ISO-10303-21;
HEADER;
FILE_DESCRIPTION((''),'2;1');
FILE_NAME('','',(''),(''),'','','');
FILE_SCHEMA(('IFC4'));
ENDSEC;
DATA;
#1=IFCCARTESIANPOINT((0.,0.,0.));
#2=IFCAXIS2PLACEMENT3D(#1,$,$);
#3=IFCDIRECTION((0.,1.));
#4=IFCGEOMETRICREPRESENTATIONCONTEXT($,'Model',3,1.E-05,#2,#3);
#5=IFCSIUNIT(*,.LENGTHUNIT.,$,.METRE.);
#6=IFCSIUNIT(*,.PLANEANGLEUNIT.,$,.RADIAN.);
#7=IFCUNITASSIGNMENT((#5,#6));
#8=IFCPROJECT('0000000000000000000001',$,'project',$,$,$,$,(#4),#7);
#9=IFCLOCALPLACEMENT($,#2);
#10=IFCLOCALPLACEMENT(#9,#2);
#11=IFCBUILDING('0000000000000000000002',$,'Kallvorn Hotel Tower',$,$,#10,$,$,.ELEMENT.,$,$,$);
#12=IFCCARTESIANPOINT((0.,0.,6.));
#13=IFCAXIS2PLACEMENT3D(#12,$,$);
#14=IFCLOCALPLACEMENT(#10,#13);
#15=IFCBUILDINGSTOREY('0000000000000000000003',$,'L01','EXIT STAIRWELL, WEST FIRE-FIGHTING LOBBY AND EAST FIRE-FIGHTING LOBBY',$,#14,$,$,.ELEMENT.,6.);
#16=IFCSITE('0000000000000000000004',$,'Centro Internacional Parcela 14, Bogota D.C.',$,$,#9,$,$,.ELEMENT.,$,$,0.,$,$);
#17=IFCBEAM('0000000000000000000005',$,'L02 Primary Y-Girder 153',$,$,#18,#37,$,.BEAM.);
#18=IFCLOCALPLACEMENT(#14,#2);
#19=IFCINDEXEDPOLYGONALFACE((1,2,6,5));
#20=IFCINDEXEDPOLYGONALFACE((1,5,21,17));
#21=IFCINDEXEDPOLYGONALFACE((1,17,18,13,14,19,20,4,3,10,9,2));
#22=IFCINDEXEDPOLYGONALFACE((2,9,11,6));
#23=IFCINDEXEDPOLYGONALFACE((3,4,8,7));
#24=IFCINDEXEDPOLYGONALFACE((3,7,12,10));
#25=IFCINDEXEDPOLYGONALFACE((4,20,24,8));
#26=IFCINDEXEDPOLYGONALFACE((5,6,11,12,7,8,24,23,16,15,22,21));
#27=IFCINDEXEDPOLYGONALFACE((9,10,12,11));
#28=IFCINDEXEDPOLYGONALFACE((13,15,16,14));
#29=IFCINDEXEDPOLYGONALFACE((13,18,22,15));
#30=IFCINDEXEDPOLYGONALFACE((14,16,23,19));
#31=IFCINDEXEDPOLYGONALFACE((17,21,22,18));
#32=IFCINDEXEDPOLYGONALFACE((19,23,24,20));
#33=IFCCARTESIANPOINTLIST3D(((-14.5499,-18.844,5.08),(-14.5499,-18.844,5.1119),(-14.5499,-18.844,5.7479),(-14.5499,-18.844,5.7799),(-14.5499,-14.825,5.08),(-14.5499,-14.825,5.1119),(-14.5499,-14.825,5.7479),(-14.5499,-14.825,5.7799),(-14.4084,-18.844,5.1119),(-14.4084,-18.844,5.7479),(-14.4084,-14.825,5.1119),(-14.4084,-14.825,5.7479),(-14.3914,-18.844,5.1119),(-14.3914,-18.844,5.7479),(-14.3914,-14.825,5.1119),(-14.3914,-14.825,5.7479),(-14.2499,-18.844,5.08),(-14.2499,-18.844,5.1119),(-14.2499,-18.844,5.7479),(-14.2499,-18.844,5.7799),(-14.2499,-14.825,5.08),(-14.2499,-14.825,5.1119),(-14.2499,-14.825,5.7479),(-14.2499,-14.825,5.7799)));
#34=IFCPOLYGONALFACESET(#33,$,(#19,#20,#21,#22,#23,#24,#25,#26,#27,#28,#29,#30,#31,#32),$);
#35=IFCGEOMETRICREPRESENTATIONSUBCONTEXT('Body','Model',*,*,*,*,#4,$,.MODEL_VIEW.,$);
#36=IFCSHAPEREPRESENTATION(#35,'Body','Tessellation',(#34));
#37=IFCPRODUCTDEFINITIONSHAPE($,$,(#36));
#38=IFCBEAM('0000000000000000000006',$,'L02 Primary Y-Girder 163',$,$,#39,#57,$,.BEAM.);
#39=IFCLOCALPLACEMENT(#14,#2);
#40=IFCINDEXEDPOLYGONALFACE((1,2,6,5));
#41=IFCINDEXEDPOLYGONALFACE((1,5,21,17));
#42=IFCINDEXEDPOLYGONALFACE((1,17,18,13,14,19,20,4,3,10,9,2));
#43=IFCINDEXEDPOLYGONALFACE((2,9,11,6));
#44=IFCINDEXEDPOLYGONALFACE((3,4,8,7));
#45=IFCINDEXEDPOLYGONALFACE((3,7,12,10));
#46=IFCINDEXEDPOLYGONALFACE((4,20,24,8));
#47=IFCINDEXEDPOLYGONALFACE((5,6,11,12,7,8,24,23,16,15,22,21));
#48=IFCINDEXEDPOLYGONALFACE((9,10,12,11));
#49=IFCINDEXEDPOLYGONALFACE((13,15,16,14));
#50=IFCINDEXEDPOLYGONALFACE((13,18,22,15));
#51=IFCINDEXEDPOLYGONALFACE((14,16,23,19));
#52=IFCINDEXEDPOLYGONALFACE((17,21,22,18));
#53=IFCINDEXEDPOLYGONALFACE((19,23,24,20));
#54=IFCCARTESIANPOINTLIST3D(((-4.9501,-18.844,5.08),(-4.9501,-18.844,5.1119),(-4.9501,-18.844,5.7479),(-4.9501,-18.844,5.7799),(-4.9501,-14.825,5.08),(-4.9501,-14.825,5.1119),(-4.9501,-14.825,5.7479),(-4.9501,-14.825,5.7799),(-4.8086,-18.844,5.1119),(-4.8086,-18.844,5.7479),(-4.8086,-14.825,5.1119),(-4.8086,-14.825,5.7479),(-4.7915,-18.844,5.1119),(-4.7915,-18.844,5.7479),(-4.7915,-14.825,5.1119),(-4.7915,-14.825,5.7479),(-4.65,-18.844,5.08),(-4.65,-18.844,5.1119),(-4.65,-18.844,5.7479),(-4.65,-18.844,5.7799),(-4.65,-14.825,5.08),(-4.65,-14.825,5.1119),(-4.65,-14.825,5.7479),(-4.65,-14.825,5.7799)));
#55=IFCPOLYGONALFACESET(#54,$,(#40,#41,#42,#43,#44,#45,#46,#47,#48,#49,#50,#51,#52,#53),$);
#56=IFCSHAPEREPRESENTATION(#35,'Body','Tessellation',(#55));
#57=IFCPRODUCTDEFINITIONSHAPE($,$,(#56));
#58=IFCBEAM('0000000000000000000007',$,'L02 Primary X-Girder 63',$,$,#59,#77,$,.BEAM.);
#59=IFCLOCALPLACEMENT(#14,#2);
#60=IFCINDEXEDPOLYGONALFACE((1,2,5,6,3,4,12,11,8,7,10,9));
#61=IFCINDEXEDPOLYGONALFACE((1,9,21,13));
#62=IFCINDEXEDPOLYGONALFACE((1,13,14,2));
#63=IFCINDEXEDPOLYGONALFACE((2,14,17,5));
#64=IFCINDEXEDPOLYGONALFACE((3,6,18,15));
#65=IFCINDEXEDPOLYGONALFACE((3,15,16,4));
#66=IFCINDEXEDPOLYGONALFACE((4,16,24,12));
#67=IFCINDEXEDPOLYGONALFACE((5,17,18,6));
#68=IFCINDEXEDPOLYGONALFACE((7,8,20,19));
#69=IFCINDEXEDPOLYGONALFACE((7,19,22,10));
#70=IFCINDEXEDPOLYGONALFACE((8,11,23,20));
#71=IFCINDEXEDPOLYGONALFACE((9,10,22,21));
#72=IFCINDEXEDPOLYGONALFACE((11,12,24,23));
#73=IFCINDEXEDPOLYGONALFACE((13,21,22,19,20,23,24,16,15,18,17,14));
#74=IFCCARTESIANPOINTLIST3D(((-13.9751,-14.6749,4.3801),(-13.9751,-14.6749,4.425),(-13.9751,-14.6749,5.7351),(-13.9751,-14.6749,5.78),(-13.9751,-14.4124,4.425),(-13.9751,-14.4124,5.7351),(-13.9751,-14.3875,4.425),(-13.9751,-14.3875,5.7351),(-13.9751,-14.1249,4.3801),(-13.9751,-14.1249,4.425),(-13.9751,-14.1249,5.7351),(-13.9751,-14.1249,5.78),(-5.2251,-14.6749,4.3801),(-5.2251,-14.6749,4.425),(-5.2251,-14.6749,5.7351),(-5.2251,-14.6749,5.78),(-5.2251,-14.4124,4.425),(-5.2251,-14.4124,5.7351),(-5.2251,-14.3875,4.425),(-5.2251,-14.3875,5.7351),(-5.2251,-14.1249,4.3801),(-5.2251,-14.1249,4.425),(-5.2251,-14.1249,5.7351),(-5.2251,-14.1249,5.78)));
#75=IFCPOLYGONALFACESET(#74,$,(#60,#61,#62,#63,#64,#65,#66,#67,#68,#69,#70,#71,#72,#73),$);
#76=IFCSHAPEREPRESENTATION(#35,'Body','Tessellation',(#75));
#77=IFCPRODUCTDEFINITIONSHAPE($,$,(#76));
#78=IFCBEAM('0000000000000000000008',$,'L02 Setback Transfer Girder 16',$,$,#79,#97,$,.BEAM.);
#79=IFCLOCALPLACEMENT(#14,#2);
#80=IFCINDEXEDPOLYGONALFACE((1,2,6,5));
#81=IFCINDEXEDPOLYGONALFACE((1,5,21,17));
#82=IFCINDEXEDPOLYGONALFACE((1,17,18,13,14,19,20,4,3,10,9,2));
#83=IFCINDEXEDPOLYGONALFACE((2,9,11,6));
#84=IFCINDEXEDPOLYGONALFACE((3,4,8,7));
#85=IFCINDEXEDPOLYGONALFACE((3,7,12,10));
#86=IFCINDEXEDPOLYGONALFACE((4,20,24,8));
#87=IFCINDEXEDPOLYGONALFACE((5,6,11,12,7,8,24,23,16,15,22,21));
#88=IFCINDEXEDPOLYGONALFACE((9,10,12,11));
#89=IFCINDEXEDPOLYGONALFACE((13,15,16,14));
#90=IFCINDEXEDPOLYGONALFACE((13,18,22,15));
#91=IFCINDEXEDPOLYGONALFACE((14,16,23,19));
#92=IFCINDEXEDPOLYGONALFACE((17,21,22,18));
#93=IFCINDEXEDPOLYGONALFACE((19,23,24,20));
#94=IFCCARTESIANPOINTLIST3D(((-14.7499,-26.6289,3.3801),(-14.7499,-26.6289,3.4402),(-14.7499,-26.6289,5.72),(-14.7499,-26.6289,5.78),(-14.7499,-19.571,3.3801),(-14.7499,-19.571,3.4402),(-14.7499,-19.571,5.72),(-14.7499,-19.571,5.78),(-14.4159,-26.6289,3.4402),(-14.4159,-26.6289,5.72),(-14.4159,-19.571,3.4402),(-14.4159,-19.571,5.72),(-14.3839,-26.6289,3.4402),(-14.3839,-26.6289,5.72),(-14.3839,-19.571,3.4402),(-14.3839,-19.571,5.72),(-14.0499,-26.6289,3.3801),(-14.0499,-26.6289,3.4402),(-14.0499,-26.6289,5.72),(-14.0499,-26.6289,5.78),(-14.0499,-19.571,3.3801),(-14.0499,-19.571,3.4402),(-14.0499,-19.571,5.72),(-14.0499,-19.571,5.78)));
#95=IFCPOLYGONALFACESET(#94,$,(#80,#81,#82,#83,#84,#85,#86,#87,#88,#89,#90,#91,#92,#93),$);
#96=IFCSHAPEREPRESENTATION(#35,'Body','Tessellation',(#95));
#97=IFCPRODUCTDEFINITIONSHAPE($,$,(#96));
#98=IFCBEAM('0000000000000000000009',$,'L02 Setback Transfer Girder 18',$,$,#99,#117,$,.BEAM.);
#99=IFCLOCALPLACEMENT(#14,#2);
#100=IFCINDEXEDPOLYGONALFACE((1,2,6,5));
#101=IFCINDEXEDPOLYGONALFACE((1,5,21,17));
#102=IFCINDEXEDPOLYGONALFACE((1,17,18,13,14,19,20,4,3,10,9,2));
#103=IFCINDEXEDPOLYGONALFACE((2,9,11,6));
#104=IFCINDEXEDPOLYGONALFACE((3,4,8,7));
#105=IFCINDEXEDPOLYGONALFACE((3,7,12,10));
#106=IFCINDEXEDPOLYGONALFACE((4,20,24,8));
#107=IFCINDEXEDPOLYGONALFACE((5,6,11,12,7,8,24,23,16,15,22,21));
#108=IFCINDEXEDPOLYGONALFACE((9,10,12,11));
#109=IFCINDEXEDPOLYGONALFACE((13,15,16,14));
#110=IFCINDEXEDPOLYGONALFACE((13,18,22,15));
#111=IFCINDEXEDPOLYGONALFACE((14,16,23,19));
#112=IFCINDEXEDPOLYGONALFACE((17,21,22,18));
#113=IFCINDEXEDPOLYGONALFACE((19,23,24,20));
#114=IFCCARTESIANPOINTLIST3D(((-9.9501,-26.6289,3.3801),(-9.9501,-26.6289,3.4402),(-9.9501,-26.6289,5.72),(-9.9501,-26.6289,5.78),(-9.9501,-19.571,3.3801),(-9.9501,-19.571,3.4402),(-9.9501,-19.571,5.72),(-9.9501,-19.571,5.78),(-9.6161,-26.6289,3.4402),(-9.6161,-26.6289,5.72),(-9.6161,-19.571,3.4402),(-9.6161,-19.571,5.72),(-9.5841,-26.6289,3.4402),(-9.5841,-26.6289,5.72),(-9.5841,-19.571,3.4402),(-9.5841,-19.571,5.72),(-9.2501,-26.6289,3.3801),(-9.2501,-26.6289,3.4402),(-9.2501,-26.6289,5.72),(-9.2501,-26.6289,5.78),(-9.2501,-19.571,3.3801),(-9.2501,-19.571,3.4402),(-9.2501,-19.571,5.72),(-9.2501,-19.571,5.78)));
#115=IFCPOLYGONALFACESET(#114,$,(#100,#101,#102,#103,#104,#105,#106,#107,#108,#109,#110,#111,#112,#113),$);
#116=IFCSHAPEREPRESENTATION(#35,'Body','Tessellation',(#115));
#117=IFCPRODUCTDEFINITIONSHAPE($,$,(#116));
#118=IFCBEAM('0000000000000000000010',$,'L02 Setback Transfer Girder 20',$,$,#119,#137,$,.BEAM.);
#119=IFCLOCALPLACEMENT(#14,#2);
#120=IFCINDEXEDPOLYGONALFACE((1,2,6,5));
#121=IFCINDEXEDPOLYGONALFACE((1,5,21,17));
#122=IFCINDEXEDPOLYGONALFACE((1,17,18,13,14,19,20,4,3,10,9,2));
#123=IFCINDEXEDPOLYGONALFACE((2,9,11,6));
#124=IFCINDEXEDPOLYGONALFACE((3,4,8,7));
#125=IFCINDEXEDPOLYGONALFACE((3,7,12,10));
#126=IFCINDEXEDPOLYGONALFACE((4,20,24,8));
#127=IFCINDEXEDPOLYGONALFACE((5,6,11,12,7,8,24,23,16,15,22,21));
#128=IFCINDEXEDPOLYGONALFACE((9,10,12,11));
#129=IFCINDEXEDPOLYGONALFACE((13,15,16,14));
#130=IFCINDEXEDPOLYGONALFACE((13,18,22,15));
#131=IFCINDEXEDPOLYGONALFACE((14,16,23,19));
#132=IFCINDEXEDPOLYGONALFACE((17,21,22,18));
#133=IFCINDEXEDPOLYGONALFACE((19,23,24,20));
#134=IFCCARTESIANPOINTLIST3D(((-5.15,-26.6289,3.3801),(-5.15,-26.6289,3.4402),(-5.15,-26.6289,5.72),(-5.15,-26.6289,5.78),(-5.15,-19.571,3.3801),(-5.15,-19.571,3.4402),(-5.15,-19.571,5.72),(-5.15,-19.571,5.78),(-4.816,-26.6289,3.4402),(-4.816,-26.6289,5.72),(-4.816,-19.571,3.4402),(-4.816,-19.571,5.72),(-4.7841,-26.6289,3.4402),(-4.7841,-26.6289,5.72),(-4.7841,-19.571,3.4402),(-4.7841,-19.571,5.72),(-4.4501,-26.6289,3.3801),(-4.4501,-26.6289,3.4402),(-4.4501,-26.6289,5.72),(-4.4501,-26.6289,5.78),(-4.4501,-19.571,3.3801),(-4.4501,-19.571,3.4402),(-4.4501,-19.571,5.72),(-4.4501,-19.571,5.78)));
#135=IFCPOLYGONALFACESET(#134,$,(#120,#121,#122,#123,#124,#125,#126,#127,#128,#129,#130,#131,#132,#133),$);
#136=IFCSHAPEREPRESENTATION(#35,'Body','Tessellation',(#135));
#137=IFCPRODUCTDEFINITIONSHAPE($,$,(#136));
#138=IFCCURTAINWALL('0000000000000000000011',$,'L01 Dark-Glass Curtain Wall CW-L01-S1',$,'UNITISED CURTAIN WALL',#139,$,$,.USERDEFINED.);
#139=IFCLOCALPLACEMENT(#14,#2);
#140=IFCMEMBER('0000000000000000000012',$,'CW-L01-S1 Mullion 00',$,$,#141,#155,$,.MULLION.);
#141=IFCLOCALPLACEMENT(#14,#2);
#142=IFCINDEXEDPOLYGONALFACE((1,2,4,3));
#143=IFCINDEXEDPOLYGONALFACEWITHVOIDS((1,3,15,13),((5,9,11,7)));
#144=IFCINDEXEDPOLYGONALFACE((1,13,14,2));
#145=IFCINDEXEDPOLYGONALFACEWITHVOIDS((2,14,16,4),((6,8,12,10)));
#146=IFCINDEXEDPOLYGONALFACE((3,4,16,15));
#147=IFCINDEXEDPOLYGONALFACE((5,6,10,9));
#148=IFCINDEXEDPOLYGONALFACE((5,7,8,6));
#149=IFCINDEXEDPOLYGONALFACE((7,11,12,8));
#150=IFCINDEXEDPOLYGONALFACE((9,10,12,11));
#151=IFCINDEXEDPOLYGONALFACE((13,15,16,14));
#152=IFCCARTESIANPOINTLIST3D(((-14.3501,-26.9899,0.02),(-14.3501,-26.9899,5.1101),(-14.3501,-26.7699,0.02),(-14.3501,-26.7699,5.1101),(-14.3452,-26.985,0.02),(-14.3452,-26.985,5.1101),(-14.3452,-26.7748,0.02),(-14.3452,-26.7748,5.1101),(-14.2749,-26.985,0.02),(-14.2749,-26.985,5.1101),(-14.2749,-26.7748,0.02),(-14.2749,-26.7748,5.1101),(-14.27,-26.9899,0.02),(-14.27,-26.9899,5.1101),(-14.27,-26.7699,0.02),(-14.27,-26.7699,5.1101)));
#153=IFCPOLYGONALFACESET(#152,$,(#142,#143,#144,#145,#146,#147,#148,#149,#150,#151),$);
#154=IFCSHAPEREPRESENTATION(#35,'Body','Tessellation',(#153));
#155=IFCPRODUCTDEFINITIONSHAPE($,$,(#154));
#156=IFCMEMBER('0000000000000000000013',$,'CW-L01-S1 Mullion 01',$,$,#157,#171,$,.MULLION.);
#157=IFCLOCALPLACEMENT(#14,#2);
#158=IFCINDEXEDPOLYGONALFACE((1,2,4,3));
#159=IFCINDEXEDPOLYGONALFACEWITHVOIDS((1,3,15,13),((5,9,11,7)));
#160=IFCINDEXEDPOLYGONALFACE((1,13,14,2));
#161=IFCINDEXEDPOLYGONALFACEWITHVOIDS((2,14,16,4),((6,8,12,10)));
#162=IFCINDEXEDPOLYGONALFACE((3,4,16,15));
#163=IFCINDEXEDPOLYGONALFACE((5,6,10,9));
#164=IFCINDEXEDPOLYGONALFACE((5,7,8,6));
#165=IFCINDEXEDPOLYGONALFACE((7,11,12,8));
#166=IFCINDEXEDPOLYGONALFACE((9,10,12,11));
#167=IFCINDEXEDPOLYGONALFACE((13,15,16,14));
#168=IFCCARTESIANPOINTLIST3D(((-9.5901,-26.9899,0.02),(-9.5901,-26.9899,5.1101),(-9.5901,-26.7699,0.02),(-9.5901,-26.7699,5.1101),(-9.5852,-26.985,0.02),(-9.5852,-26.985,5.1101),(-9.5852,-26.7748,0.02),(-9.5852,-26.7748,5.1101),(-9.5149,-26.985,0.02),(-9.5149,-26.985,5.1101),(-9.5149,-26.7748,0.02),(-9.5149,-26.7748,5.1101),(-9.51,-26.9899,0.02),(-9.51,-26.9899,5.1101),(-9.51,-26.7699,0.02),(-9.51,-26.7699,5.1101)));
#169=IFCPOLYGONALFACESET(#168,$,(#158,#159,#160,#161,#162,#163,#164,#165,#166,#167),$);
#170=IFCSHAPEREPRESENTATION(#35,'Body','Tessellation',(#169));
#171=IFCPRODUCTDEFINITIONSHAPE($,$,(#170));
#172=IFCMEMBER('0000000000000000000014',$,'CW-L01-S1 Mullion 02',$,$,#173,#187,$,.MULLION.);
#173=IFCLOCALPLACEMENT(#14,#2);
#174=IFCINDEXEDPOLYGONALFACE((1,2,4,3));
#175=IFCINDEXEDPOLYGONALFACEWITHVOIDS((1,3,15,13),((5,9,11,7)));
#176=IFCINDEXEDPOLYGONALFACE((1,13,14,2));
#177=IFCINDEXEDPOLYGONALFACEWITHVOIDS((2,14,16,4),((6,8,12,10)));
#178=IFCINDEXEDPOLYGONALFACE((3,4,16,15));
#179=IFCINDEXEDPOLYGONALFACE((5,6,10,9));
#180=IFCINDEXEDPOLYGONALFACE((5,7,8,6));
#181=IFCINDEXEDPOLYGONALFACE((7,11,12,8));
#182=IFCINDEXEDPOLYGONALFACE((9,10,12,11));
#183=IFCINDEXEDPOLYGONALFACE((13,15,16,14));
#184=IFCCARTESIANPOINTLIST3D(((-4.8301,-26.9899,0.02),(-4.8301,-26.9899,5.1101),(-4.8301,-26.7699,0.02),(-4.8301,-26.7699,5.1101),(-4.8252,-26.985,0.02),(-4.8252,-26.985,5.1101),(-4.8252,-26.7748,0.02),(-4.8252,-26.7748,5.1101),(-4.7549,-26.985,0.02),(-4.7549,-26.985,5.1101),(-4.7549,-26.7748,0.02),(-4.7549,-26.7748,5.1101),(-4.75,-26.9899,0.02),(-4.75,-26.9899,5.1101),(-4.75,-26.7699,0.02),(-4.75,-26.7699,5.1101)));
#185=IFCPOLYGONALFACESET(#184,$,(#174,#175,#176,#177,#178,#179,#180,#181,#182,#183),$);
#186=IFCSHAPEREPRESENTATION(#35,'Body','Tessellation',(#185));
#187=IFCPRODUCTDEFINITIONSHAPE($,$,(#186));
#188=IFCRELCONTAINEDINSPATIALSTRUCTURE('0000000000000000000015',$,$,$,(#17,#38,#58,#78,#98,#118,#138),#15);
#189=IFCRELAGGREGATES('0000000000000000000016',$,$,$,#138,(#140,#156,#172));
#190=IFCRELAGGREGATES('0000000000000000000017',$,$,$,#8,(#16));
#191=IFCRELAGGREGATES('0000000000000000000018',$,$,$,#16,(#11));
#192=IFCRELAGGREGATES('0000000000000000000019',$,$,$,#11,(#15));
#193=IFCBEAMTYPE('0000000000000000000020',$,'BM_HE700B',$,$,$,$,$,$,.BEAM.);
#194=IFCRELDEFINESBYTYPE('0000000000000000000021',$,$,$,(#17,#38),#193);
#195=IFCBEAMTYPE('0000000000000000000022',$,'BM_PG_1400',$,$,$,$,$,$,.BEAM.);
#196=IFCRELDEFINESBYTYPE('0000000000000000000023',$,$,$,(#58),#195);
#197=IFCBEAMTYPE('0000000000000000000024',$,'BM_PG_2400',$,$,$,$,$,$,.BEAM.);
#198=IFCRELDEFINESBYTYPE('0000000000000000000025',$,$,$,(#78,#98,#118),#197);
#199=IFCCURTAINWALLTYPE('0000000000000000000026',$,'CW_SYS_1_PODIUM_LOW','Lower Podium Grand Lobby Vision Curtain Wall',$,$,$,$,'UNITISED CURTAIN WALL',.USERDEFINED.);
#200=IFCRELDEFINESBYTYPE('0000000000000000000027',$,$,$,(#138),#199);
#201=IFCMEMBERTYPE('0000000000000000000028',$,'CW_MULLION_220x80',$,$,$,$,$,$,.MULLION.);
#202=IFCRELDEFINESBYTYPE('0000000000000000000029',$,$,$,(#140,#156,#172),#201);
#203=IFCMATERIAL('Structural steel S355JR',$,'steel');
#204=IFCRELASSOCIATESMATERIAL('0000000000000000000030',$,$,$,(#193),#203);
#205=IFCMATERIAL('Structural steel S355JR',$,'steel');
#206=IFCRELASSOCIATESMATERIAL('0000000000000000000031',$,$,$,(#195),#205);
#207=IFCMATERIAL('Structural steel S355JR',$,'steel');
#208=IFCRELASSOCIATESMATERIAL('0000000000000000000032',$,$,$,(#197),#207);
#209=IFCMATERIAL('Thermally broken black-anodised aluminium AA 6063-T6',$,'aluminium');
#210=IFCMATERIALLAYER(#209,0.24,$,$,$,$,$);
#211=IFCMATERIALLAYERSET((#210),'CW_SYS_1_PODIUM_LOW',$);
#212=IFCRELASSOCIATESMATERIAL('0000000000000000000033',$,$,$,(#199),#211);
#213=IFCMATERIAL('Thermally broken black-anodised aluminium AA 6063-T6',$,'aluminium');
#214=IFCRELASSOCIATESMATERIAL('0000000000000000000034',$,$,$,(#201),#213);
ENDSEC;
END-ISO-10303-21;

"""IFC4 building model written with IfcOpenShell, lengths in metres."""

from ifc_helpers import new_model, si_unit, direction, frame, origin, origin_2d, place, context, subcontext, project, spatial, hollow_rectangle, i_section, extrude, material, layer, layer_set, material_profile, profile_set, type_object, element, aggregate, save


model = new_model("IFC4")

# Units and contexts
model_context = context("Model", 3, precision=1e-05, world=origin(), true_north=direction((0.0, 1.0)))
body_context = subcontext(model_context, "Body", "Model", "MODEL_VIEW")
ifc_project = project(units=[si_unit("LENGTHUNIT", "METRE"), si_unit("PLANEANGLEUNIT", "RADIAN")], contexts=[model_context])

# Site, building, storey
site_placement = place(None, origin())
site = spatial("IfcSite", under=ifc_project, at=site_placement, Name="Centro Internacional Parcela 14, Bogota D.C.", CompositionType="ELEMENT", RefElevation=0.0)
building_placement = place(site_placement, origin())
building = spatial("IfcBuilding", under=site, at=building_placement, Name="Kallvorn Hotel Tower", CompositionType="ELEMENT")
storey_placement = place(building_placement, frame((0.0, 0.0, 6.0)))
storey = spatial("IfcBuildingStorey", under=building, at=storey_placement, Name="L01", Description="EXIT STAIRWELL, WEST FIRE-FIGHTING LOBBY AND EAST FIRE-FIGHTING LOBBY", CompositionType="ELEMENT", Elevation=6.0)

# Beams
ifc_material_1 = material(Name="Structural steel S355JR", Category="steel")
ifc_material_profile_1 = material_profile(ifc_material_1, i_section(OverallWidth=0.3, OverallDepth=0.7, WebThickness=0.0171, FlangeThickness=0.032, at=origin_2d()), Name="HE 700 B")
ifc_profile_set_1 = profile_set([ifc_material_profile_1], Name="Structural steel S355JR")
beam_type_1 = type_object("IfcBeamType", Name="BM_HE700B", PredefinedType="BEAM", material=ifc_profile_set_1)
for number, where, z_axis, x_axis, name in (
    (1, (-14.3999, -18.844, 5.4299), (0.0, 1.0, 0.0), (-1.0, 0.0, 0.0), "L02 Primary Y-Girder 153"),
    (2, (-4.8, -18.844, 5.4299), (0.0, 1.0, 0.0), (-1.0, 0.0, 0.0), "L02 Primary Y-Girder 163"),
):
    element("IfcBeam", number, at=place(storey_placement, frame(where, z_axis=z_axis, x_axis=x_axis)), inside=storey, type_object=beam_type_1, Name=name, PredefinedType="BEAM", context=body_context, shape_type="SweptSolid", body=[
        extrude(i_section(OverallWidth=0.3, OverallDepth=0.7, WebThickness=0.0171, FlangeThickness=0.032, at=origin_2d()), origin(), (0.0, 0.0, 1.0), 4.019),
    ])
ifc_material_2 = material(Name="Structural steel S355JR", Category="steel")
ifc_material_profile_2 = material_profile(ifc_material_2, i_section(OverallWidth=0.55, OverallDepth=1.3999, WebThickness=0.0249, FlangeThickness=0.0449, at=origin_2d()), Name="PG 1400x550x25x45")
ifc_profile_set_2 = profile_set([ifc_material_profile_2], Name="Structural steel S355JR")
beam_type_2 = type_object("IfcBeamType", Name="BM_PG_1400", PredefinedType="BEAM", material=ifc_profile_set_2)
beam_1_placement = place(storey_placement, frame((-13.9751, -14.3999, 5.0801), z_axis=(1.0, 0.0, 0.0), x_axis=(0.0, 1.0, 0.0)))
element("IfcBeam", 3, at=beam_1_placement, inside=storey, type_object=beam_type_2, Name="L02 Primary X-Girder 63", PredefinedType="BEAM", context=body_context, shape_type="SweptSolid", body=[
    extrude(i_section(OverallWidth=0.55, OverallDepth=1.3999, WebThickness=0.0249, FlangeThickness=0.0449, at=origin_2d()), origin(), (0.0, 0.0, 1.0), 8.75),
])
ifc_material_3 = material(Name="Structural steel S355JR", Category="steel")
ifc_material_profile_3 = material_profile(ifc_material_3, i_section(OverallWidth=0.7, OverallDepth=2.3999, WebThickness=0.032, FlangeThickness=0.0601, at=origin_2d()), Name="PG 2400x700x32x60")
ifc_profile_set_3 = profile_set([ifc_material_profile_3], Name="Structural steel S355JR")
beam_type_3 = type_object("IfcBeamType", Name="BM_PG_2400", PredefinedType="BEAM", material=ifc_profile_set_3)
for number, where, z_axis, x_axis, name in (
    (4, (-14.3999, -26.6289, 4.5801), (0.0, 1.0, 0.0), (-1.0, 0.0, 0.0), "L02 Setback Transfer Girder 16"),
    (5, (-9.6001, -26.6289, 4.5801), (0.0, 1.0, 0.0), (-1.0, 0.0, 0.0), "L02 Setback Transfer Girder 18"),
    (6, (-4.8, -26.6289, 4.5801), (0.0, 1.0, 0.0), (-1.0, 0.0, 0.0), "L02 Setback Transfer Girder 20"),
):
    element("IfcBeam", number, at=place(storey_placement, frame(where, z_axis=z_axis, x_axis=x_axis)), inside=storey, type_object=beam_type_3, Name=name, PredefinedType="BEAM", context=body_context, shape_type="SweptSolid", body=[
        extrude(i_section(OverallWidth=0.7, OverallDepth=2.3999, WebThickness=0.032, FlangeThickness=0.0601, at=origin_2d()), origin(), (0.0, 0.0, 1.0), 7.0579),
    ])

# Curtain wall, members
ifc_material_4 = material(Name="Thermally broken black-anodised aluminium AA 6063-T6", Category="aluminium")
ifc_layer_1 = layer(ifc_material_4, 0.24)
ifc_layer_set_1 = layer_set([ifc_layer_1], Name="CW_SYS_1_PODIUM_LOW")
curtain_wall_type = type_object("IfcCurtainWallType", Name="CW_SYS_1_PODIUM_LOW", Description="Lower Podium Grand Lobby Vision Curtain Wall", ElementType="UNITISED CURTAIN WALL", PredefinedType="USERDEFINED", material=ifc_layer_set_1)
curtain_wall_1_placement = place(storey_placement, origin())
curtain_wall_1 = element("IfcCurtainWall", 7, at=curtain_wall_1_placement, inside=storey, type_object=curtain_wall_type, Name="L01 Dark-Glass Curtain Wall CW-L01-S1", ObjectType="UNITISED CURTAIN WALL", PredefinedType="USERDEFINED")
ifc_material_5 = material(Name="Thermally broken black-anodised aluminium AA 6063-T6", Category="aluminium")
ifc_material_profile_4 = material_profile(ifc_material_5, hollow_rectangle(XDim=0.0801, YDim=0.22, WallThickness=0.0049, at=origin_2d()), Name="MUL 220x80")
ifc_profile_set_4 = profile_set([ifc_material_profile_4], Name="Thermally broken black-anodised aluminium AA 6063-T6")
member_type_1 = type_object("IfcMemberType", Name="CW_MULLION_220x80", PredefinedType="MULLION", material=ifc_profile_set_4)
member_1_placement = place(storey_placement, frame((-14.3101, -26.8799, 0.02), z_axis=(0.0, 0.0, 1.0), x_axis=(1.0, 0.0, 0.0)))
member_1 = element("IfcMember", 8, at=member_1_placement, type_object=member_type_1, Name="CW-L01-S1 Mullion 00", PredefinedType="MULLION", context=body_context, shape_type="SweptSolid", body=[
    extrude(hollow_rectangle(XDim=0.0801, YDim=0.22, WallThickness=0.0049, at=origin_2d()), origin(), (0.0, 0.0, 1.0), 5.0901),
])
member_2_placement = place(storey_placement, frame((-9.55, -26.8799, 0.02), z_axis=(0.0, 0.0, 1.0), x_axis=(1.0, 0.0, 0.0)))
member_2 = element("IfcMember", 9, at=member_2_placement, type_object=member_type_1, Name="CW-L01-S1 Mullion 01", PredefinedType="MULLION", context=body_context, shape_type="SweptSolid", body=[
    extrude(hollow_rectangle(XDim=0.0801, YDim=0.22, WallThickness=0.0049, at=origin_2d()), origin(), (0.0, 0.0, 1.0), 5.0901),
])
member_3_placement = place(storey_placement, frame((-4.79, -26.8799, 0.02), z_axis=(0.0, 0.0, 1.0), x_axis=(1.0, 0.0, 0.0)))
member_3 = element("IfcMember", 10, at=member_3_placement, type_object=member_type_1, Name="CW-L01-S1 Mullion 02", PredefinedType="MULLION", context=body_context, shape_type="SweptSolid", body=[
    extrude(hollow_rectangle(XDim=0.0801, YDim=0.22, WallThickness=0.0049, at=origin_2d()), origin(), (0.0, 0.0, 1.0), 5.0901),
])

aggregate(curtain_wall_1, [member_1, member_2, member_3])

save(model, "model.ifc")
